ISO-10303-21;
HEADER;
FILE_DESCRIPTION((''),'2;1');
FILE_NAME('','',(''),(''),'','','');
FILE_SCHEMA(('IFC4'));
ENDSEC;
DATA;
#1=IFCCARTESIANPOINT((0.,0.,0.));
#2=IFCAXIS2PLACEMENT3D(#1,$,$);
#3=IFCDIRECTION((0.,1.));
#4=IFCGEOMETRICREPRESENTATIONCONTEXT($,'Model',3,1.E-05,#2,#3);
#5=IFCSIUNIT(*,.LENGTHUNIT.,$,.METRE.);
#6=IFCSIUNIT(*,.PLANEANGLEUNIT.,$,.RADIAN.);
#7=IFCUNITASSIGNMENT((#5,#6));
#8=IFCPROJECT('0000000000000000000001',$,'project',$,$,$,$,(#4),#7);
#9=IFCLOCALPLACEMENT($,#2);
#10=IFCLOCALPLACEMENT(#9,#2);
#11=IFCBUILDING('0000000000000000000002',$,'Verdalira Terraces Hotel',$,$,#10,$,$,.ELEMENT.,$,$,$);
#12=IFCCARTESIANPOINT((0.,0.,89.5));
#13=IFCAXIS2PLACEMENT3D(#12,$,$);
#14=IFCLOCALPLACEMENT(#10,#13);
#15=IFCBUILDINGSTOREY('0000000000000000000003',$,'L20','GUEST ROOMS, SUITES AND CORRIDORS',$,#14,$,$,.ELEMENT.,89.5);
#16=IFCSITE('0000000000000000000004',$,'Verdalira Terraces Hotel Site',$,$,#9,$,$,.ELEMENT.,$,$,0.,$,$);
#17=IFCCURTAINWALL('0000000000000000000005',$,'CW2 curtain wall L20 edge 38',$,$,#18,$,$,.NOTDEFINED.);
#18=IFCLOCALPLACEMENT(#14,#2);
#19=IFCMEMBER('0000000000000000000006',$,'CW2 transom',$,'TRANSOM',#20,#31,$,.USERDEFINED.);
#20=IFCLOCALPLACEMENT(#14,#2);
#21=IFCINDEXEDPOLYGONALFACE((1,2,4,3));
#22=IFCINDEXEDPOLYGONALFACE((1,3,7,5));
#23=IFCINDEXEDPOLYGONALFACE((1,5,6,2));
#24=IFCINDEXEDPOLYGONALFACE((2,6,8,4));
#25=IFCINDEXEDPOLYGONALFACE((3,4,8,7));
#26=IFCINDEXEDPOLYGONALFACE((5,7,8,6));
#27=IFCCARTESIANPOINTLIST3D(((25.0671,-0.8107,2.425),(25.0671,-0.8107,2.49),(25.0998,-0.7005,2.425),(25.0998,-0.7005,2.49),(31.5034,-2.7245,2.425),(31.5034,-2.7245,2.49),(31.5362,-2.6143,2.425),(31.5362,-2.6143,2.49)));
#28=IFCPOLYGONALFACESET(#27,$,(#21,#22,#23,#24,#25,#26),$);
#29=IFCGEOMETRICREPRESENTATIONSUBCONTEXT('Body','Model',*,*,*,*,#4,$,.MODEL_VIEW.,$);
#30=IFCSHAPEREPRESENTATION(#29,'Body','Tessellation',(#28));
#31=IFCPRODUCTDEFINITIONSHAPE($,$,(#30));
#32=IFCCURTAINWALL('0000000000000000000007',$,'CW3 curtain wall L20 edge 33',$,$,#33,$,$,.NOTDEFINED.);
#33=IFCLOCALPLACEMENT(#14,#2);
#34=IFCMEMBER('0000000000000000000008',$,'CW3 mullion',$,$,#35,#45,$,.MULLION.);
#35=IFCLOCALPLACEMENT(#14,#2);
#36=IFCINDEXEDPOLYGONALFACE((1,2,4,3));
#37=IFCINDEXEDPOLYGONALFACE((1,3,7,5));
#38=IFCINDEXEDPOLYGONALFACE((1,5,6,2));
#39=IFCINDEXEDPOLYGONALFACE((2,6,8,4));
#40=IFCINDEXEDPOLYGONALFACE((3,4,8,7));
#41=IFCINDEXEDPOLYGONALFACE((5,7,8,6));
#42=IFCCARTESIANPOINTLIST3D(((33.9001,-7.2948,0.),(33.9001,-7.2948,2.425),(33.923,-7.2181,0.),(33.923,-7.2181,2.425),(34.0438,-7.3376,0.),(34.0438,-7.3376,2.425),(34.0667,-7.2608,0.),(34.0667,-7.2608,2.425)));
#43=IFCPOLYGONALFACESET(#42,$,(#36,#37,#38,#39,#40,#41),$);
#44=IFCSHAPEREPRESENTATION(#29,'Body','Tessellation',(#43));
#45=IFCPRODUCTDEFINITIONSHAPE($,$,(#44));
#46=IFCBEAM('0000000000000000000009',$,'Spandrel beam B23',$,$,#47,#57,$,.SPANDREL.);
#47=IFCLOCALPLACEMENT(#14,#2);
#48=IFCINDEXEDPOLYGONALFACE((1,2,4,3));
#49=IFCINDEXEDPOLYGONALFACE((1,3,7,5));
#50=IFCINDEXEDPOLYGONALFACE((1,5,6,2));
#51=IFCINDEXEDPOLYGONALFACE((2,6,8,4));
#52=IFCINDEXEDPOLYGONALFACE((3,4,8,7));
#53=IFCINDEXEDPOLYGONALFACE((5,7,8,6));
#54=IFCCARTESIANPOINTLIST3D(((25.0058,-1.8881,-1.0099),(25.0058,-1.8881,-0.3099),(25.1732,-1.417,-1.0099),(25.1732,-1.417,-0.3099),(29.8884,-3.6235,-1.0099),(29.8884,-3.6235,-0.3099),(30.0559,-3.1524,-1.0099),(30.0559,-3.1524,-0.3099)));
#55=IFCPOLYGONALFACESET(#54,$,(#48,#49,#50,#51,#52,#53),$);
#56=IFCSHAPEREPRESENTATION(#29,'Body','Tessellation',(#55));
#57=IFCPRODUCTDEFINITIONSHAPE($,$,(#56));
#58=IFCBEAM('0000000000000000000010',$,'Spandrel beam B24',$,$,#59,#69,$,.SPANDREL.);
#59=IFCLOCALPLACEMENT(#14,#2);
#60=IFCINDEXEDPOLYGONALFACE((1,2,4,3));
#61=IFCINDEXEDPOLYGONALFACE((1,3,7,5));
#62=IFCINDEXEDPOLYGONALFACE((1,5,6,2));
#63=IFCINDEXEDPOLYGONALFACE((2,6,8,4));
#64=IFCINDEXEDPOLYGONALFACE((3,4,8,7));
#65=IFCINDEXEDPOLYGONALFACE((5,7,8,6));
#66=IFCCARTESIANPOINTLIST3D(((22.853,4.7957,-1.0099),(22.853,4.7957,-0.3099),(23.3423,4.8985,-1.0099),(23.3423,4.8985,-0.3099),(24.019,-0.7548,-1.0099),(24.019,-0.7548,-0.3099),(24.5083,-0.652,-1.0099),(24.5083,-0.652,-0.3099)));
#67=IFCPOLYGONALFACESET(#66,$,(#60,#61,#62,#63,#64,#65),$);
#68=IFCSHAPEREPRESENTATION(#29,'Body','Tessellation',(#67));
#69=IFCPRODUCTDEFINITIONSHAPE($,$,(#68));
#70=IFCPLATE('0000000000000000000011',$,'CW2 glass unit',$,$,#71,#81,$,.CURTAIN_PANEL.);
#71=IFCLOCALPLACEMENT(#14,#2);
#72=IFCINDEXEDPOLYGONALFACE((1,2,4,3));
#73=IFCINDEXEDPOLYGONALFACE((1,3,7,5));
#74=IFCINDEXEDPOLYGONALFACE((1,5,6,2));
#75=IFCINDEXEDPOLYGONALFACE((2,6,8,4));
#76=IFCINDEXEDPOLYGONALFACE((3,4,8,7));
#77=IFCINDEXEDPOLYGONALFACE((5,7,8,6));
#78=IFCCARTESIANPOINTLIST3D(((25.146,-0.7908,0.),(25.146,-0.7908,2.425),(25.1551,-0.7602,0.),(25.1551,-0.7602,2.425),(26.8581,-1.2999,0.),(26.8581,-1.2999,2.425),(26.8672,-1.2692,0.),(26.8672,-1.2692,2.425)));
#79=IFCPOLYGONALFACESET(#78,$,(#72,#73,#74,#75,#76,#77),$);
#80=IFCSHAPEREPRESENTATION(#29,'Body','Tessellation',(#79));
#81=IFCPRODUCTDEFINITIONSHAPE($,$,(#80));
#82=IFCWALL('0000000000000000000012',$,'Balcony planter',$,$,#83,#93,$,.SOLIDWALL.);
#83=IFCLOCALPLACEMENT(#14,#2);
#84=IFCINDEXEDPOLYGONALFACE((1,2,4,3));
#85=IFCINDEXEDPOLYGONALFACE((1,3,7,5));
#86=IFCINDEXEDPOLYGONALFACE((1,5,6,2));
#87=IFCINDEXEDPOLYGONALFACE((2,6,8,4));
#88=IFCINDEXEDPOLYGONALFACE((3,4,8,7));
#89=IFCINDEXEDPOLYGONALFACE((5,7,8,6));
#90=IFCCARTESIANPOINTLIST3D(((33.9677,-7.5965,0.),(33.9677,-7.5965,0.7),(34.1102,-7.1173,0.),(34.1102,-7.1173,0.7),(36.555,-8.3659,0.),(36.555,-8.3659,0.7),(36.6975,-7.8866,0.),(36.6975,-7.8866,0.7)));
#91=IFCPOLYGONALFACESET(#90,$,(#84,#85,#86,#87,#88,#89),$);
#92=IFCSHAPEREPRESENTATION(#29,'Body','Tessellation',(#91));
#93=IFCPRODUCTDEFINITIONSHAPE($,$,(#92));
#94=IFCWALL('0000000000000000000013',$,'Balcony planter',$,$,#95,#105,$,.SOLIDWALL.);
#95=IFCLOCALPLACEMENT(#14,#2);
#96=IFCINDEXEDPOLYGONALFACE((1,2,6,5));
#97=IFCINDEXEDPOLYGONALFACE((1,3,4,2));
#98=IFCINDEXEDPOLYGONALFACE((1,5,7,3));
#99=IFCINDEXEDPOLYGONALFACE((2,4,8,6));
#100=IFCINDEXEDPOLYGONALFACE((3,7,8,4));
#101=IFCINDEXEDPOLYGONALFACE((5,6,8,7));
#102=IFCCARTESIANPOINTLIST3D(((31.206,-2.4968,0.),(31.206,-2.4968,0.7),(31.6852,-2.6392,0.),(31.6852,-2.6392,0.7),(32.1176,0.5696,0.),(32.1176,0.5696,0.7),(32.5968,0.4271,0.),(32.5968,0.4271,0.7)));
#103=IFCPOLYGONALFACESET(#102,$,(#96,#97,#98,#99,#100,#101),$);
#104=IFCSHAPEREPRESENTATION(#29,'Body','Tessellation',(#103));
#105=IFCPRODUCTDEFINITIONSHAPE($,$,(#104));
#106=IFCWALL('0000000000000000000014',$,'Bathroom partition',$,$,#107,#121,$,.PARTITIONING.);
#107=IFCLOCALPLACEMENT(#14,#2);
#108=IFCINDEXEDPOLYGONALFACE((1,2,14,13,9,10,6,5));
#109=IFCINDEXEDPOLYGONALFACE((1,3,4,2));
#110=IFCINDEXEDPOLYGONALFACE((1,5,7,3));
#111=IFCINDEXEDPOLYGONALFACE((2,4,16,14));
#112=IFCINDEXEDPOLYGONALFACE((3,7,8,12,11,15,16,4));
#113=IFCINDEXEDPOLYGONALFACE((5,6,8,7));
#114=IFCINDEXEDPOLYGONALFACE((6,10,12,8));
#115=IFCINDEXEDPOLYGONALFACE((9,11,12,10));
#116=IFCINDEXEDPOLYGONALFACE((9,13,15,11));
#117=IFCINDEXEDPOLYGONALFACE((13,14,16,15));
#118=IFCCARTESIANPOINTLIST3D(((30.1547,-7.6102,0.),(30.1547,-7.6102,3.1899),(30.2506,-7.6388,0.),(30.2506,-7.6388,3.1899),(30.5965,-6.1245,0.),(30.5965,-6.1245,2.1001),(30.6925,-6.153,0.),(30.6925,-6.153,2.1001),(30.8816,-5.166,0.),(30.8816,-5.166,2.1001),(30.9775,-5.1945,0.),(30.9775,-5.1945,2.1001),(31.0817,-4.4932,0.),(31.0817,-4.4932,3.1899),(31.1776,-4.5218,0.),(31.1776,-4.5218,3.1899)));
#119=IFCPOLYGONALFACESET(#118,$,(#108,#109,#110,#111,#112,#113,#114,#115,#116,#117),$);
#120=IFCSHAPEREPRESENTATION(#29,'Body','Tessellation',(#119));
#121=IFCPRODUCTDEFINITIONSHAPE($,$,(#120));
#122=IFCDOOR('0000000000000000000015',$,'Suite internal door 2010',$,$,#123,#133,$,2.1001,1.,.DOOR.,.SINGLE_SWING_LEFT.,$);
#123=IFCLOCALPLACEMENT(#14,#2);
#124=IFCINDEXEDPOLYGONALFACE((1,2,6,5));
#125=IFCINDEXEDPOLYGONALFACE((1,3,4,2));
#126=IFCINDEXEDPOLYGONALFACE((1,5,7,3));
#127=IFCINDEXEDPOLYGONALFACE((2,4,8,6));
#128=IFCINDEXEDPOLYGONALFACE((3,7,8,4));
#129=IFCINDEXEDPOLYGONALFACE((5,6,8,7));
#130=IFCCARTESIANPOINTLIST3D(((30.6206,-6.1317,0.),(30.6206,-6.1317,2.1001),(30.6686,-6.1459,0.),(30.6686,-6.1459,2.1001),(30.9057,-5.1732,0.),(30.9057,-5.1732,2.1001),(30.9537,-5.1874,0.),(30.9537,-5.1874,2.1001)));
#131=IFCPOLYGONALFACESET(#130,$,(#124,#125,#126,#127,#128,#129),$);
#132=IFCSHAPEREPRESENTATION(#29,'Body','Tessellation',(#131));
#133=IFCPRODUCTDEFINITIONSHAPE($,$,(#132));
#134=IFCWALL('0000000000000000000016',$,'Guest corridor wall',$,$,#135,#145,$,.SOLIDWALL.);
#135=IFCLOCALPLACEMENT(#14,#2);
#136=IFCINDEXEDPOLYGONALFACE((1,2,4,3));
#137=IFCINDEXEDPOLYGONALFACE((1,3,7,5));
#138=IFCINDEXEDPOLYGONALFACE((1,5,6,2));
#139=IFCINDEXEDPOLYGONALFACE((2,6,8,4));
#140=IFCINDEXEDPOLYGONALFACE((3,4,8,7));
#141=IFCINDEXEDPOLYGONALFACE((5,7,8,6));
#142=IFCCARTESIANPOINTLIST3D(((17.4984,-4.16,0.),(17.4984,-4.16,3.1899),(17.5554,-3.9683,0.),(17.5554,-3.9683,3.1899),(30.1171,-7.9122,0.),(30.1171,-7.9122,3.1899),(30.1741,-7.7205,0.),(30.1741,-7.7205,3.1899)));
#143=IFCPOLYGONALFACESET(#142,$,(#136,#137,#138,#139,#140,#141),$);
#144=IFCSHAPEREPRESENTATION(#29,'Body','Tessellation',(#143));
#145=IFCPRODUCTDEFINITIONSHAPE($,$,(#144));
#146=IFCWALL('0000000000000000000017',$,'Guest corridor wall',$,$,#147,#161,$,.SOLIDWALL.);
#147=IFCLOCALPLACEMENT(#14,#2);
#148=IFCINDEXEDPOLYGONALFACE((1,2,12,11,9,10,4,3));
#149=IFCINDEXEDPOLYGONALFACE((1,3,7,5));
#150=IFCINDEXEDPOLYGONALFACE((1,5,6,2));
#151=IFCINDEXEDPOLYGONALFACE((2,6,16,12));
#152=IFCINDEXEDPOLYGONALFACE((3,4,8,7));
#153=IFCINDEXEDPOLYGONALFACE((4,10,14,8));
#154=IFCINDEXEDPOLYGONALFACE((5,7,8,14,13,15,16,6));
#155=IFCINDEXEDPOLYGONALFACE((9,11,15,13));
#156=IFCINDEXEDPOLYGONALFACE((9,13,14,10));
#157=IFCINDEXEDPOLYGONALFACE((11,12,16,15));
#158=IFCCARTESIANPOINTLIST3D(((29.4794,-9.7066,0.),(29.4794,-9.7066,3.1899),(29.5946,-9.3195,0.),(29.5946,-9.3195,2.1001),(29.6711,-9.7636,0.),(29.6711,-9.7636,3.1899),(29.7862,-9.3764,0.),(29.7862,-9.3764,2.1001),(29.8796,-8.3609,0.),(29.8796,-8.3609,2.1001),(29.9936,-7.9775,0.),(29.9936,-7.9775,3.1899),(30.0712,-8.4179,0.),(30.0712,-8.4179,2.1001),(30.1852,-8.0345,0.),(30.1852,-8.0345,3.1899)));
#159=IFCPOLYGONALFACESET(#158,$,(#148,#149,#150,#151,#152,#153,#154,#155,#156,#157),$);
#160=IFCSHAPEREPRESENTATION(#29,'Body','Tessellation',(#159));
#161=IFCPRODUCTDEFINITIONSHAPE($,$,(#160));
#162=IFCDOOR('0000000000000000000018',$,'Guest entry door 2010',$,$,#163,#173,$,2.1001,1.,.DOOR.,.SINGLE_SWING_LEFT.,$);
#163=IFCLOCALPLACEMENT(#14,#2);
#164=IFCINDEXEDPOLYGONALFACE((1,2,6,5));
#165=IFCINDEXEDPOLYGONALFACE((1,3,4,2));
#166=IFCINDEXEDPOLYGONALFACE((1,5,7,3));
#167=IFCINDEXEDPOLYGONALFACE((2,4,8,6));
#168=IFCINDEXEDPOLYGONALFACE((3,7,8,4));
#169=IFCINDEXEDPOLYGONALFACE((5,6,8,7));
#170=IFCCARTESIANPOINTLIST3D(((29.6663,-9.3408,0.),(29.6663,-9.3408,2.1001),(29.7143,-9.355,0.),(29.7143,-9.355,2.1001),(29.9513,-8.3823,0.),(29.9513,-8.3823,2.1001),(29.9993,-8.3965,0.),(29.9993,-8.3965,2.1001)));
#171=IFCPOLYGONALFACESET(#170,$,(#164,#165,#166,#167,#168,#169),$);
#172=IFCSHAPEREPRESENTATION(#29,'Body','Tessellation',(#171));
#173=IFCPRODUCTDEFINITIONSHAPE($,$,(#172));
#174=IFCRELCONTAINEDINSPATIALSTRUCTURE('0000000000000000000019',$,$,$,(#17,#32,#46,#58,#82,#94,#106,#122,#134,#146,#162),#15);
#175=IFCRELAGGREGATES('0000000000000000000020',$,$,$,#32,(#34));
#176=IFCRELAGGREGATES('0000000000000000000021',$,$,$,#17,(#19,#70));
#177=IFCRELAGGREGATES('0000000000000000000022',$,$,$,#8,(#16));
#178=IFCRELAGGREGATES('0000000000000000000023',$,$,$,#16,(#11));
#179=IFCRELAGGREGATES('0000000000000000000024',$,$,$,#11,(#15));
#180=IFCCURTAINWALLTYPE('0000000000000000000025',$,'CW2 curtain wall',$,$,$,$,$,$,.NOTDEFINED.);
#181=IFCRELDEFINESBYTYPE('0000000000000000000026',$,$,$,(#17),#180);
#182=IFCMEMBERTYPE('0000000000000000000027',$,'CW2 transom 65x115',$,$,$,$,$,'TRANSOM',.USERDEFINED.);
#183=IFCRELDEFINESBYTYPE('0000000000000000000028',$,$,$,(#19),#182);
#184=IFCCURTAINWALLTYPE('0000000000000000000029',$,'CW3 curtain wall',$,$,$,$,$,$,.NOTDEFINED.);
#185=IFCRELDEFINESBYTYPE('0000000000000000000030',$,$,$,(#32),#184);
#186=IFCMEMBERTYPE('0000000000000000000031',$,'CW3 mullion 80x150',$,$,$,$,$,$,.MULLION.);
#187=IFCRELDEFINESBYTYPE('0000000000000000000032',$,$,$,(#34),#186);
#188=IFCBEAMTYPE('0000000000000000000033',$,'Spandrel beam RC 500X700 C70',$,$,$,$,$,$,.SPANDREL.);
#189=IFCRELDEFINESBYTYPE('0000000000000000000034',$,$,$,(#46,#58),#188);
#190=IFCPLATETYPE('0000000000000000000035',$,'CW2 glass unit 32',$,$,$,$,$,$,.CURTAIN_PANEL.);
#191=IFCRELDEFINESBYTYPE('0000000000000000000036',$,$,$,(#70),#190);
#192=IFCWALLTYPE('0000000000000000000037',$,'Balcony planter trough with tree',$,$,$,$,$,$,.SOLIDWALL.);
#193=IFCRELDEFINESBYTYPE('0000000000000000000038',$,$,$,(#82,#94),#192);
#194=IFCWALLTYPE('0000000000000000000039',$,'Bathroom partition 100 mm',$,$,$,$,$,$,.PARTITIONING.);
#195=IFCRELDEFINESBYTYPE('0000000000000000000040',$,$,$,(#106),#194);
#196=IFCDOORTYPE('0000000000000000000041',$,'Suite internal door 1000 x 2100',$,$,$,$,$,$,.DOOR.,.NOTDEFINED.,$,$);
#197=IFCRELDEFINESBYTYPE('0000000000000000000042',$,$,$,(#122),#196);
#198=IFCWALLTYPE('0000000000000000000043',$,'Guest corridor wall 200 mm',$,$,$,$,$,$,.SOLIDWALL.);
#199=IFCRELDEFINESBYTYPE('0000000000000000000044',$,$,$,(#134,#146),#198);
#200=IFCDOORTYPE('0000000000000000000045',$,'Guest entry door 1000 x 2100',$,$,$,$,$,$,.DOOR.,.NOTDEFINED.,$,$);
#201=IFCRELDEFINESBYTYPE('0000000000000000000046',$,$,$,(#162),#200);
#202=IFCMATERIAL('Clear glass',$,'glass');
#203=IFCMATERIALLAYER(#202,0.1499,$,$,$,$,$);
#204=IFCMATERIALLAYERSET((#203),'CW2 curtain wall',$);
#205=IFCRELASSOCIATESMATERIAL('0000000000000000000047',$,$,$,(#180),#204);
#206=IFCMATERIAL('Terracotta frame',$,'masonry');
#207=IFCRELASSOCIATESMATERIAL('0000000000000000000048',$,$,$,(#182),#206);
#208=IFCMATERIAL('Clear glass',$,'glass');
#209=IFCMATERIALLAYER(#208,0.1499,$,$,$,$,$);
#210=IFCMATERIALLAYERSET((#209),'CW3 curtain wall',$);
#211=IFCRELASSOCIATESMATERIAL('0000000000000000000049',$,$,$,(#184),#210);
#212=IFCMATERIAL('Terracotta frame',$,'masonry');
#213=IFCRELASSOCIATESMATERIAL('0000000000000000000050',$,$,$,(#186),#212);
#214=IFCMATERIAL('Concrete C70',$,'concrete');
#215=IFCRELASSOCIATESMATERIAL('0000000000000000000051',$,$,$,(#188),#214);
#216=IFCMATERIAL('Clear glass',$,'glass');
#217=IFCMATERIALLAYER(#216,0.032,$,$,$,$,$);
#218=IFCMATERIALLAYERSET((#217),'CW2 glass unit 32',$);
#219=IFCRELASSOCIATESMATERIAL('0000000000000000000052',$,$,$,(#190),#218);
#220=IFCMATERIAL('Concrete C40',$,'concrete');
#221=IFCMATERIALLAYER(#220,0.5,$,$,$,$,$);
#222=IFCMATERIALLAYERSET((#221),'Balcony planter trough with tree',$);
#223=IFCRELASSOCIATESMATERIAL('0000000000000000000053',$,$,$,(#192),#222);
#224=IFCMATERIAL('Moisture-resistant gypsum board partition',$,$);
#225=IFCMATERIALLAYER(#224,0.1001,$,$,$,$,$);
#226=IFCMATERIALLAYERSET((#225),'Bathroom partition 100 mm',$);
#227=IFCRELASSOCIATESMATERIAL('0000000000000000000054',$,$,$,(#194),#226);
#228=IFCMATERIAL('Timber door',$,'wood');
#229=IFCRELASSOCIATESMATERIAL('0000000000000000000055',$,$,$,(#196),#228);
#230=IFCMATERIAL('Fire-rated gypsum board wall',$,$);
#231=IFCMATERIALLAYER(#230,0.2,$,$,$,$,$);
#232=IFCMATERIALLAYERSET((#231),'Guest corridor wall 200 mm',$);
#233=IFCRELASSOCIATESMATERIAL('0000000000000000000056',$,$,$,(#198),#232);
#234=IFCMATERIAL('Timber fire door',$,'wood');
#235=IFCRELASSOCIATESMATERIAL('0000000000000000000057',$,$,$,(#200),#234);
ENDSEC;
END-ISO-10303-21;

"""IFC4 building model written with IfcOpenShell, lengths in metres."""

from ifc_helpers import new_model, si_unit, direction, frame, frame_2d, origin, origin_2d, place, context, subcontext, project, spatial, rectangle, extrude, material, layer, layer_set, material_profile, profile_set, type_object, element, fill, aggregate, save


model = new_model("IFC4")

# Units and contexts
model_context = context("Model", 3, precision=1e-05, world=origin(), true_north=direction((0.0, 1.0)))
body_context = subcontext(model_context, "Body", "Model", "MODEL_VIEW")
ifc_project = project(units=[si_unit("LENGTHUNIT", "METRE"), si_unit("PLANEANGLEUNIT", "RADIAN")], contexts=[model_context])

# Site, building, storey
site_placement = place(None, origin())
site = spatial("IfcSite", under=ifc_project, at=site_placement, Name="Verdalira Terraces Hotel Site", CompositionType="ELEMENT", RefElevation=0.0)
building_placement = place(site_placement, origin())
building = spatial("IfcBuilding", under=site, at=building_placement, Name="Verdalira Terraces Hotel", CompositionType="ELEMENT")
storey_placement = place(building_placement, frame((0.0, 0.0, 89.5)))
storey = spatial("IfcBuildingStorey", under=building, at=storey_placement, Name="L20", Description="GUEST ROOMS, SUITES AND CORRIDORS", CompositionType="ELEMENT", Elevation=89.5)

# Curtain wall, member
ifc_material_1 = material(Name="Clear glass", Category="glass")
ifc_layer_1 = layer(ifc_material_1, 0.1499)
ifc_layer_set_1 = layer_set([ifc_layer_1], Name="CW2 curtain wall")
curtain_wall_type_1 = type_object("IfcCurtainWallType", Name="CW2 curtain wall", PredefinedType="NOTDEFINED", material=ifc_layer_set_1)
curtain_wall_1_placement = place(storey_placement, origin())
curtain_wall_1 = element("IfcCurtainWall", 1, at=curtain_wall_1_placement, inside=storey, type_object=curtain_wall_type_1, Name="CW2 curtain wall L20 edge 38", PredefinedType="NOTDEFINED")
ifc_material_2 = material(Name="Terracotta frame", Category="masonry")
ifc_material_profile_1 = material_profile(ifc_material_2, rectangle(XDim=0.115, YDim=0.0649, at=origin_2d()), Name="TR 65x115")
ifc_profile_set_1 = profile_set([ifc_material_profile_1], Name="Terracotta frame")
member_type_1 = type_object("IfcMemberType", Name="CW2 transom 65x115", ElementType="TRANSOM", PredefinedType="USERDEFINED", material=ifc_profile_set_1)
member_1_placement = place(storey_placement, frame((31.5198, -2.6694, 2.4575), z_axis=(-0.958523, 0.285015, 0.0), x_axis=(-0.285015, -0.958523, 0.0)))
member_1 = element("IfcMember", 2, at=member_1_placement, type_object=member_type_1, Name="CW2 transom", ObjectType="TRANSOM", PredefinedType="USERDEFINED", context=body_context, shape_type="SweptSolid", body=[
    extrude(rectangle(XDim=0.115, YDim=0.0649, at=origin_2d()), origin(), (0.0, 0.0, 1.0), 6.7148),
])

# Curtain wall, member
ifc_material_3 = material(Name="Clear glass", Category="glass")
ifc_layer_2 = layer(ifc_material_3, 0.1499)
ifc_layer_set_2 = layer_set([ifc_layer_2], Name="CW3 curtain wall")
curtain_wall_type_2 = type_object("IfcCurtainWallType", Name="CW3 curtain wall", PredefinedType="NOTDEFINED", material=ifc_layer_set_2)
curtain_wall_2_placement = place(storey_placement, origin())
curtain_wall_2 = element("IfcCurtainWall", 3, at=curtain_wall_2_placement, inside=storey, type_object=curtain_wall_type_2, Name="CW3 curtain wall L20 edge 33", PredefinedType="NOTDEFINED")
ifc_material_4 = material(Name="Terracotta frame", Category="masonry")
ifc_material_profile_2 = material_profile(ifc_material_4, rectangle(XDim=0.0801, YDim=0.1499, at=origin_2d()), Name="MU 80x150")
ifc_profile_set_2 = profile_set([ifc_material_profile_2], Name="Terracotta frame")
member_type_2 = type_object("IfcMemberType", Name="CW3 mullion 80x150", PredefinedType="MULLION", material=ifc_profile_set_2)
member_2_placement = place(storey_placement, frame((33.9834, -7.2778, 0.0), z_axis=(0.0, 0.0, 1.0), x_axis=(0.285019, 0.958522, 0.0)))
member_2 = element("IfcMember", 4, at=member_2_placement, type_object=member_type_2, Name="CW3 mullion", PredefinedType="MULLION", context=body_context, shape_type="SweptSolid", body=[
    extrude(rectangle(XDim=0.0801, YDim=0.1499, at=origin_2d()), origin(), (0.0, 0.0, 1.0), 2.425),
])
aggregate(curtain_wall_2, [member_2])

# Beams
ifc_material_5 = material(Name="Concrete C70", Category="concrete")
ifc_material_profile_3 = material_profile(ifc_material_5, rectangle(XDim=0.5, YDim=0.7, at=origin_2d()), Name="RC 500X700")
ifc_profile_set_3 = profile_set([ifc_material_profile_3], Name="Concrete C70")
beam_type_1 = type_object("IfcBeamType", Name="Spandrel beam RC 500X700 C70", PredefinedType="SPANDREL", material=ifc_profile_set_3)
beam_1_placement = place(storey_placement, frame((29.9722, -3.3879, -0.6599), z_axis=(-0.942256, 0.334894, 0.0), x_axis=(-0.334894, -0.942256, 0.0)))
element("IfcBeam", 5, at=beam_1_placement, inside=storey, type_object=beam_type_1, Name="Spandrel beam B23", PredefinedType="SPANDREL", context=body_context, shape_type="SweptSolid", body=[
    extrude(rectangle(XDim=0.5, YDim=0.7, at=origin_2d()), origin(), (0.0, 0.0, 1.0), 5.1819),
])
beam_2_placement = place(storey_placement, frame((24.2637, -0.7034, -0.6599), z_axis=(-0.205585, 0.978639, 0.0), x_axis=(-0.978639, -0.205585, 0.0)))
element("IfcBeam", 6, at=beam_2_placement, inside=storey, type_object=beam_type_1, Name="Spandrel beam B24", PredefinedType="SPANDREL", context=body_context, shape_type="SweptSolid", body=[
    extrude(rectangle(XDim=0.5, YDim=0.7, at=origin_2d()), origin(), (0.0, 0.0, 1.0), 5.6716),
])

# Plate
ifc_material_6 = material(Name="Clear glass", Category="glass")
ifc_layer_3 = layer(ifc_material_6, 0.032)
ifc_layer_set_3 = layer_set([ifc_layer_3], Name="CW2 glass unit 32")
plate_type = type_object("IfcPlateType", Name="CW2 glass unit 32", PredefinedType="CURTAIN_PANEL", material=ifc_layer_set_3)
plate_placement = place(storey_placement, frame((26.0066, -1.03, 0.0), z_axis=(0.0, 0.0, 1.0), x_axis=(-0.958522, 0.285019, 0.0)))
plate = element("IfcPlate", 7, at=plate_placement, type_object=plate_type, Name="CW2 glass unit", PredefinedType="CURTAIN_PANEL", context=body_context, shape_type="SweptSolid", body=[
    extrude(rectangle(XDim=1.7861, YDim=0.032, at=origin_2d()), origin(), (0.0, 0.0, 1.0), 2.425),
])
aggregate(curtain_wall_1, [member_1, plate])

# Walls
ifc_material_7 = material(Name="Concrete C40", Category="concrete")
ifc_layer_4 = layer(ifc_material_7, 0.5)
ifc_layer_set_4 = layer_set([ifc_layer_4], Name="Balcony planter trough with tree")
wall_type_1 = type_object("IfcWallType", Name="Balcony planter trough with tree", PredefinedType="SOLIDWALL", material=ifc_layer_set_4)
wall_1_placement = place(storey_placement, frame((36.6262, -8.1262, 0.0), z_axis=(0.0, 0.0, 1.0), x_axis=(-0.958523, 0.285015, 0.0)))
element("IfcWall", 8, at=wall_1_placement, inside=storey, type_object=wall_type_1, Name="Balcony planter", PredefinedType="SOLIDWALL", context=body_context, shape_type="SweptSolid", body=[
    extrude(rectangle(XDim=2.6992, YDim=0.5, at=frame_2d((1.3496, 0.0))), origin(), (0.0, 0.0, 1.0), 0.7),
])
wall_2_placement = place(storey_placement, frame((31.4456, -2.5681, 0.0), z_axis=(0.0, 0.0, 1.0), x_axis=(0.284966, 0.958537, 0.0)))
element("IfcWall", 9, at=wall_2_placement, inside=storey, type_object=wall_type_1, Name="Balcony planter", PredefinedType="SOLIDWALL", context=body_context, shape_type="SweptSolid", body=[
    extrude(rectangle(XDim=3.199, YDim=0.5, at=frame_2d((1.5996, 0.0))), origin(), (0.0, 0.0, 1.0), 0.7),
])

# Wall, opening, door
ifc_material_8 = material(Name="Moisture-resistant gypsum board partition")
ifc_layer_5 = layer(ifc_material_8, 0.1001)
ifc_layer_set_5 = layer_set([ifc_layer_5], Name="Bathroom partition 100 mm")
wall_type_2 = type_object("IfcWallType", Name="Bathroom partition 100 mm", PredefinedType="PARTITIONING", material=ifc_layer_set_5)
wall_3_placement = place(storey_placement, frame((30.2026, -7.6245, 0.0), z_axis=(0.0, 0.0, 1.0), x_axis=(0.285067, 0.958508, 0.0)))
wall_3 = element("IfcWall", 10, at=wall_3_placement, inside=storey, type_object=wall_type_2, Name="Bathroom partition", PredefinedType="PARTITIONING", context=body_context, shape_type="SweptSolid", body=[
    extrude(rectangle(XDim=3.252, YDim=0.1001, at=frame_2d((1.626, 0.0))), origin(), (0.0, 0.0, 1.0), 3.1899),
])
opening_1_placement = place(wall_3_placement, frame((1.55, 0.0, 0.0)))
opening_1 = element("IfcOpeningElement", 11, at=opening_1_placement, cuts=wall_3, PredefinedType="OPENING", context=body_context, shape_type="SweptSolid", body=[
    extrude(rectangle(XDim=1.0, YDim=2.1001, at=frame_2d((0.5, 1.05))), frame((0.0, 0.0601, 0.0), z_axis=(0.0, -1.0, 0.0), x_axis=(1.0, 0.0, 0.0)), (0.0, 0.0, 1.0), 0.1201),
])
ifc_material_9 = material(Name="Timber door", Category="wood")
door_type_1 = type_object("IfcDoorType", Name="Suite internal door 1000 x 2100", OperationType="NOTDEFINED", PredefinedType="DOOR", material=ifc_material_9)
door_1_placement = place(opening_1_placement, origin())
door_1 = element("IfcDoor", 12, at=door_1_placement, inside=storey, type_object=door_type_1, Name="Suite internal door 2010", OperationType="SINGLE_SWING_LEFT", OverallHeight=2.1001, OverallWidth=1.0, PredefinedType="DOOR", context=body_context, shape_type="SweptSolid", body=[
    extrude(rectangle(XDim=1.0, YDim=2.1001, at=frame_2d((0.5, 1.05))), frame((0.0, 0.0249, 0.0), z_axis=(0.0, -1.0, 0.0), x_axis=(1.0, 0.0, 0.0)), (0.0, 0.0, 1.0), 0.05),
])
fill(opening_1, door_1)

# Wall
ifc_material_10 = material(Name="Fire-rated gypsum board wall")
ifc_layer_6 = layer(ifc_material_10, 0.2)
ifc_layer_set_6 = layer_set([ifc_layer_6], Name="Guest corridor wall 200 mm")
wall_type_3 = type_object("IfcWallType", Name="Guest corridor wall 200 mm", PredefinedType="SOLIDWALL", material=ifc_layer_set_6)
wall_4_placement = place(storey_placement, frame((30.1458, -7.8164, 0.0), z_axis=(0.0, 0.0, 1.0), x_axis=(-0.958522, 0.28502, 0.0)))
element("IfcWall", 13, at=wall_4_placement, inside=storey, type_object=wall_type_3, Name="Guest corridor wall", PredefinedType="SOLIDWALL", context=body_context, shape_type="SweptSolid", body=[
    extrude(rectangle(XDim=13.1648, YDim=0.2, at=frame_2d((6.5825, 0.0))), origin(), (0.0, 0.0, 1.0), 3.1899),
])

# Wall, opening, door
wall_5_placement = place(storey_placement, frame((30.0894, -8.0061, 0.0), z_axis=(0.0, 0.0, 1.0), x_axis=(-0.285001, -0.958527, 0.0)))
wall_5 = element("IfcWall", 14, at=wall_5_placement, inside=storey, type_object=wall_type_3, Name="Guest corridor wall", PredefinedType="SOLIDWALL", context=body_context, shape_type="SweptSolid", body=[
    extrude(rectangle(XDim=1.804, YDim=0.2, at=frame_2d((0.9019, 0.0))), origin(), (0.0, 0.0, 1.0), 3.1899),
])
opening_2_placement = place(wall_5_placement, frame((0.3999, 0.0, 0.0)))
opening_2 = element("IfcOpeningElement", 15, at=opening_2_placement, cuts=wall_5, PredefinedType="OPENING", context=body_context, shape_type="SweptSolid", body=[
    extrude(rectangle(XDim=1.0, YDim=2.1001, at=frame_2d((0.5, 1.05))), frame((0.0, 0.1099, 0.0), z_axis=(0.0, -1.0, 0.0), x_axis=(1.0, 0.0, 0.0)), (0.0, 0.0, 1.0), 0.22),
])
ifc_material_11 = material(Name="Timber fire door", Category="wood")
door_type_2 = type_object("IfcDoorType", Name="Guest entry door 1000 x 2100", OperationType="NOTDEFINED", PredefinedType="DOOR", material=ifc_material_11)
door_2_placement = place(opening_2_placement, origin())
door_2 = element("IfcDoor", 16, at=door_2_placement, inside=storey, type_object=door_type_2, Name="Guest entry door 2010", OperationType="SINGLE_SWING_LEFT", OverallHeight=2.1001, OverallWidth=1.0, PredefinedType="DOOR", context=body_context, shape_type="SweptSolid", body=[
    extrude(rectangle(XDim=1.0, YDim=2.1001, at=frame_2d((0.5, 1.05))), frame((0.0, 0.0249, 0.0), z_axis=(0.0, -1.0, 0.0), x_axis=(1.0, 0.0, 0.0)), (0.0, 0.0, 1.0), 0.05),
])
fill(opening_2, door_2)

save(model, "model.ifc")
